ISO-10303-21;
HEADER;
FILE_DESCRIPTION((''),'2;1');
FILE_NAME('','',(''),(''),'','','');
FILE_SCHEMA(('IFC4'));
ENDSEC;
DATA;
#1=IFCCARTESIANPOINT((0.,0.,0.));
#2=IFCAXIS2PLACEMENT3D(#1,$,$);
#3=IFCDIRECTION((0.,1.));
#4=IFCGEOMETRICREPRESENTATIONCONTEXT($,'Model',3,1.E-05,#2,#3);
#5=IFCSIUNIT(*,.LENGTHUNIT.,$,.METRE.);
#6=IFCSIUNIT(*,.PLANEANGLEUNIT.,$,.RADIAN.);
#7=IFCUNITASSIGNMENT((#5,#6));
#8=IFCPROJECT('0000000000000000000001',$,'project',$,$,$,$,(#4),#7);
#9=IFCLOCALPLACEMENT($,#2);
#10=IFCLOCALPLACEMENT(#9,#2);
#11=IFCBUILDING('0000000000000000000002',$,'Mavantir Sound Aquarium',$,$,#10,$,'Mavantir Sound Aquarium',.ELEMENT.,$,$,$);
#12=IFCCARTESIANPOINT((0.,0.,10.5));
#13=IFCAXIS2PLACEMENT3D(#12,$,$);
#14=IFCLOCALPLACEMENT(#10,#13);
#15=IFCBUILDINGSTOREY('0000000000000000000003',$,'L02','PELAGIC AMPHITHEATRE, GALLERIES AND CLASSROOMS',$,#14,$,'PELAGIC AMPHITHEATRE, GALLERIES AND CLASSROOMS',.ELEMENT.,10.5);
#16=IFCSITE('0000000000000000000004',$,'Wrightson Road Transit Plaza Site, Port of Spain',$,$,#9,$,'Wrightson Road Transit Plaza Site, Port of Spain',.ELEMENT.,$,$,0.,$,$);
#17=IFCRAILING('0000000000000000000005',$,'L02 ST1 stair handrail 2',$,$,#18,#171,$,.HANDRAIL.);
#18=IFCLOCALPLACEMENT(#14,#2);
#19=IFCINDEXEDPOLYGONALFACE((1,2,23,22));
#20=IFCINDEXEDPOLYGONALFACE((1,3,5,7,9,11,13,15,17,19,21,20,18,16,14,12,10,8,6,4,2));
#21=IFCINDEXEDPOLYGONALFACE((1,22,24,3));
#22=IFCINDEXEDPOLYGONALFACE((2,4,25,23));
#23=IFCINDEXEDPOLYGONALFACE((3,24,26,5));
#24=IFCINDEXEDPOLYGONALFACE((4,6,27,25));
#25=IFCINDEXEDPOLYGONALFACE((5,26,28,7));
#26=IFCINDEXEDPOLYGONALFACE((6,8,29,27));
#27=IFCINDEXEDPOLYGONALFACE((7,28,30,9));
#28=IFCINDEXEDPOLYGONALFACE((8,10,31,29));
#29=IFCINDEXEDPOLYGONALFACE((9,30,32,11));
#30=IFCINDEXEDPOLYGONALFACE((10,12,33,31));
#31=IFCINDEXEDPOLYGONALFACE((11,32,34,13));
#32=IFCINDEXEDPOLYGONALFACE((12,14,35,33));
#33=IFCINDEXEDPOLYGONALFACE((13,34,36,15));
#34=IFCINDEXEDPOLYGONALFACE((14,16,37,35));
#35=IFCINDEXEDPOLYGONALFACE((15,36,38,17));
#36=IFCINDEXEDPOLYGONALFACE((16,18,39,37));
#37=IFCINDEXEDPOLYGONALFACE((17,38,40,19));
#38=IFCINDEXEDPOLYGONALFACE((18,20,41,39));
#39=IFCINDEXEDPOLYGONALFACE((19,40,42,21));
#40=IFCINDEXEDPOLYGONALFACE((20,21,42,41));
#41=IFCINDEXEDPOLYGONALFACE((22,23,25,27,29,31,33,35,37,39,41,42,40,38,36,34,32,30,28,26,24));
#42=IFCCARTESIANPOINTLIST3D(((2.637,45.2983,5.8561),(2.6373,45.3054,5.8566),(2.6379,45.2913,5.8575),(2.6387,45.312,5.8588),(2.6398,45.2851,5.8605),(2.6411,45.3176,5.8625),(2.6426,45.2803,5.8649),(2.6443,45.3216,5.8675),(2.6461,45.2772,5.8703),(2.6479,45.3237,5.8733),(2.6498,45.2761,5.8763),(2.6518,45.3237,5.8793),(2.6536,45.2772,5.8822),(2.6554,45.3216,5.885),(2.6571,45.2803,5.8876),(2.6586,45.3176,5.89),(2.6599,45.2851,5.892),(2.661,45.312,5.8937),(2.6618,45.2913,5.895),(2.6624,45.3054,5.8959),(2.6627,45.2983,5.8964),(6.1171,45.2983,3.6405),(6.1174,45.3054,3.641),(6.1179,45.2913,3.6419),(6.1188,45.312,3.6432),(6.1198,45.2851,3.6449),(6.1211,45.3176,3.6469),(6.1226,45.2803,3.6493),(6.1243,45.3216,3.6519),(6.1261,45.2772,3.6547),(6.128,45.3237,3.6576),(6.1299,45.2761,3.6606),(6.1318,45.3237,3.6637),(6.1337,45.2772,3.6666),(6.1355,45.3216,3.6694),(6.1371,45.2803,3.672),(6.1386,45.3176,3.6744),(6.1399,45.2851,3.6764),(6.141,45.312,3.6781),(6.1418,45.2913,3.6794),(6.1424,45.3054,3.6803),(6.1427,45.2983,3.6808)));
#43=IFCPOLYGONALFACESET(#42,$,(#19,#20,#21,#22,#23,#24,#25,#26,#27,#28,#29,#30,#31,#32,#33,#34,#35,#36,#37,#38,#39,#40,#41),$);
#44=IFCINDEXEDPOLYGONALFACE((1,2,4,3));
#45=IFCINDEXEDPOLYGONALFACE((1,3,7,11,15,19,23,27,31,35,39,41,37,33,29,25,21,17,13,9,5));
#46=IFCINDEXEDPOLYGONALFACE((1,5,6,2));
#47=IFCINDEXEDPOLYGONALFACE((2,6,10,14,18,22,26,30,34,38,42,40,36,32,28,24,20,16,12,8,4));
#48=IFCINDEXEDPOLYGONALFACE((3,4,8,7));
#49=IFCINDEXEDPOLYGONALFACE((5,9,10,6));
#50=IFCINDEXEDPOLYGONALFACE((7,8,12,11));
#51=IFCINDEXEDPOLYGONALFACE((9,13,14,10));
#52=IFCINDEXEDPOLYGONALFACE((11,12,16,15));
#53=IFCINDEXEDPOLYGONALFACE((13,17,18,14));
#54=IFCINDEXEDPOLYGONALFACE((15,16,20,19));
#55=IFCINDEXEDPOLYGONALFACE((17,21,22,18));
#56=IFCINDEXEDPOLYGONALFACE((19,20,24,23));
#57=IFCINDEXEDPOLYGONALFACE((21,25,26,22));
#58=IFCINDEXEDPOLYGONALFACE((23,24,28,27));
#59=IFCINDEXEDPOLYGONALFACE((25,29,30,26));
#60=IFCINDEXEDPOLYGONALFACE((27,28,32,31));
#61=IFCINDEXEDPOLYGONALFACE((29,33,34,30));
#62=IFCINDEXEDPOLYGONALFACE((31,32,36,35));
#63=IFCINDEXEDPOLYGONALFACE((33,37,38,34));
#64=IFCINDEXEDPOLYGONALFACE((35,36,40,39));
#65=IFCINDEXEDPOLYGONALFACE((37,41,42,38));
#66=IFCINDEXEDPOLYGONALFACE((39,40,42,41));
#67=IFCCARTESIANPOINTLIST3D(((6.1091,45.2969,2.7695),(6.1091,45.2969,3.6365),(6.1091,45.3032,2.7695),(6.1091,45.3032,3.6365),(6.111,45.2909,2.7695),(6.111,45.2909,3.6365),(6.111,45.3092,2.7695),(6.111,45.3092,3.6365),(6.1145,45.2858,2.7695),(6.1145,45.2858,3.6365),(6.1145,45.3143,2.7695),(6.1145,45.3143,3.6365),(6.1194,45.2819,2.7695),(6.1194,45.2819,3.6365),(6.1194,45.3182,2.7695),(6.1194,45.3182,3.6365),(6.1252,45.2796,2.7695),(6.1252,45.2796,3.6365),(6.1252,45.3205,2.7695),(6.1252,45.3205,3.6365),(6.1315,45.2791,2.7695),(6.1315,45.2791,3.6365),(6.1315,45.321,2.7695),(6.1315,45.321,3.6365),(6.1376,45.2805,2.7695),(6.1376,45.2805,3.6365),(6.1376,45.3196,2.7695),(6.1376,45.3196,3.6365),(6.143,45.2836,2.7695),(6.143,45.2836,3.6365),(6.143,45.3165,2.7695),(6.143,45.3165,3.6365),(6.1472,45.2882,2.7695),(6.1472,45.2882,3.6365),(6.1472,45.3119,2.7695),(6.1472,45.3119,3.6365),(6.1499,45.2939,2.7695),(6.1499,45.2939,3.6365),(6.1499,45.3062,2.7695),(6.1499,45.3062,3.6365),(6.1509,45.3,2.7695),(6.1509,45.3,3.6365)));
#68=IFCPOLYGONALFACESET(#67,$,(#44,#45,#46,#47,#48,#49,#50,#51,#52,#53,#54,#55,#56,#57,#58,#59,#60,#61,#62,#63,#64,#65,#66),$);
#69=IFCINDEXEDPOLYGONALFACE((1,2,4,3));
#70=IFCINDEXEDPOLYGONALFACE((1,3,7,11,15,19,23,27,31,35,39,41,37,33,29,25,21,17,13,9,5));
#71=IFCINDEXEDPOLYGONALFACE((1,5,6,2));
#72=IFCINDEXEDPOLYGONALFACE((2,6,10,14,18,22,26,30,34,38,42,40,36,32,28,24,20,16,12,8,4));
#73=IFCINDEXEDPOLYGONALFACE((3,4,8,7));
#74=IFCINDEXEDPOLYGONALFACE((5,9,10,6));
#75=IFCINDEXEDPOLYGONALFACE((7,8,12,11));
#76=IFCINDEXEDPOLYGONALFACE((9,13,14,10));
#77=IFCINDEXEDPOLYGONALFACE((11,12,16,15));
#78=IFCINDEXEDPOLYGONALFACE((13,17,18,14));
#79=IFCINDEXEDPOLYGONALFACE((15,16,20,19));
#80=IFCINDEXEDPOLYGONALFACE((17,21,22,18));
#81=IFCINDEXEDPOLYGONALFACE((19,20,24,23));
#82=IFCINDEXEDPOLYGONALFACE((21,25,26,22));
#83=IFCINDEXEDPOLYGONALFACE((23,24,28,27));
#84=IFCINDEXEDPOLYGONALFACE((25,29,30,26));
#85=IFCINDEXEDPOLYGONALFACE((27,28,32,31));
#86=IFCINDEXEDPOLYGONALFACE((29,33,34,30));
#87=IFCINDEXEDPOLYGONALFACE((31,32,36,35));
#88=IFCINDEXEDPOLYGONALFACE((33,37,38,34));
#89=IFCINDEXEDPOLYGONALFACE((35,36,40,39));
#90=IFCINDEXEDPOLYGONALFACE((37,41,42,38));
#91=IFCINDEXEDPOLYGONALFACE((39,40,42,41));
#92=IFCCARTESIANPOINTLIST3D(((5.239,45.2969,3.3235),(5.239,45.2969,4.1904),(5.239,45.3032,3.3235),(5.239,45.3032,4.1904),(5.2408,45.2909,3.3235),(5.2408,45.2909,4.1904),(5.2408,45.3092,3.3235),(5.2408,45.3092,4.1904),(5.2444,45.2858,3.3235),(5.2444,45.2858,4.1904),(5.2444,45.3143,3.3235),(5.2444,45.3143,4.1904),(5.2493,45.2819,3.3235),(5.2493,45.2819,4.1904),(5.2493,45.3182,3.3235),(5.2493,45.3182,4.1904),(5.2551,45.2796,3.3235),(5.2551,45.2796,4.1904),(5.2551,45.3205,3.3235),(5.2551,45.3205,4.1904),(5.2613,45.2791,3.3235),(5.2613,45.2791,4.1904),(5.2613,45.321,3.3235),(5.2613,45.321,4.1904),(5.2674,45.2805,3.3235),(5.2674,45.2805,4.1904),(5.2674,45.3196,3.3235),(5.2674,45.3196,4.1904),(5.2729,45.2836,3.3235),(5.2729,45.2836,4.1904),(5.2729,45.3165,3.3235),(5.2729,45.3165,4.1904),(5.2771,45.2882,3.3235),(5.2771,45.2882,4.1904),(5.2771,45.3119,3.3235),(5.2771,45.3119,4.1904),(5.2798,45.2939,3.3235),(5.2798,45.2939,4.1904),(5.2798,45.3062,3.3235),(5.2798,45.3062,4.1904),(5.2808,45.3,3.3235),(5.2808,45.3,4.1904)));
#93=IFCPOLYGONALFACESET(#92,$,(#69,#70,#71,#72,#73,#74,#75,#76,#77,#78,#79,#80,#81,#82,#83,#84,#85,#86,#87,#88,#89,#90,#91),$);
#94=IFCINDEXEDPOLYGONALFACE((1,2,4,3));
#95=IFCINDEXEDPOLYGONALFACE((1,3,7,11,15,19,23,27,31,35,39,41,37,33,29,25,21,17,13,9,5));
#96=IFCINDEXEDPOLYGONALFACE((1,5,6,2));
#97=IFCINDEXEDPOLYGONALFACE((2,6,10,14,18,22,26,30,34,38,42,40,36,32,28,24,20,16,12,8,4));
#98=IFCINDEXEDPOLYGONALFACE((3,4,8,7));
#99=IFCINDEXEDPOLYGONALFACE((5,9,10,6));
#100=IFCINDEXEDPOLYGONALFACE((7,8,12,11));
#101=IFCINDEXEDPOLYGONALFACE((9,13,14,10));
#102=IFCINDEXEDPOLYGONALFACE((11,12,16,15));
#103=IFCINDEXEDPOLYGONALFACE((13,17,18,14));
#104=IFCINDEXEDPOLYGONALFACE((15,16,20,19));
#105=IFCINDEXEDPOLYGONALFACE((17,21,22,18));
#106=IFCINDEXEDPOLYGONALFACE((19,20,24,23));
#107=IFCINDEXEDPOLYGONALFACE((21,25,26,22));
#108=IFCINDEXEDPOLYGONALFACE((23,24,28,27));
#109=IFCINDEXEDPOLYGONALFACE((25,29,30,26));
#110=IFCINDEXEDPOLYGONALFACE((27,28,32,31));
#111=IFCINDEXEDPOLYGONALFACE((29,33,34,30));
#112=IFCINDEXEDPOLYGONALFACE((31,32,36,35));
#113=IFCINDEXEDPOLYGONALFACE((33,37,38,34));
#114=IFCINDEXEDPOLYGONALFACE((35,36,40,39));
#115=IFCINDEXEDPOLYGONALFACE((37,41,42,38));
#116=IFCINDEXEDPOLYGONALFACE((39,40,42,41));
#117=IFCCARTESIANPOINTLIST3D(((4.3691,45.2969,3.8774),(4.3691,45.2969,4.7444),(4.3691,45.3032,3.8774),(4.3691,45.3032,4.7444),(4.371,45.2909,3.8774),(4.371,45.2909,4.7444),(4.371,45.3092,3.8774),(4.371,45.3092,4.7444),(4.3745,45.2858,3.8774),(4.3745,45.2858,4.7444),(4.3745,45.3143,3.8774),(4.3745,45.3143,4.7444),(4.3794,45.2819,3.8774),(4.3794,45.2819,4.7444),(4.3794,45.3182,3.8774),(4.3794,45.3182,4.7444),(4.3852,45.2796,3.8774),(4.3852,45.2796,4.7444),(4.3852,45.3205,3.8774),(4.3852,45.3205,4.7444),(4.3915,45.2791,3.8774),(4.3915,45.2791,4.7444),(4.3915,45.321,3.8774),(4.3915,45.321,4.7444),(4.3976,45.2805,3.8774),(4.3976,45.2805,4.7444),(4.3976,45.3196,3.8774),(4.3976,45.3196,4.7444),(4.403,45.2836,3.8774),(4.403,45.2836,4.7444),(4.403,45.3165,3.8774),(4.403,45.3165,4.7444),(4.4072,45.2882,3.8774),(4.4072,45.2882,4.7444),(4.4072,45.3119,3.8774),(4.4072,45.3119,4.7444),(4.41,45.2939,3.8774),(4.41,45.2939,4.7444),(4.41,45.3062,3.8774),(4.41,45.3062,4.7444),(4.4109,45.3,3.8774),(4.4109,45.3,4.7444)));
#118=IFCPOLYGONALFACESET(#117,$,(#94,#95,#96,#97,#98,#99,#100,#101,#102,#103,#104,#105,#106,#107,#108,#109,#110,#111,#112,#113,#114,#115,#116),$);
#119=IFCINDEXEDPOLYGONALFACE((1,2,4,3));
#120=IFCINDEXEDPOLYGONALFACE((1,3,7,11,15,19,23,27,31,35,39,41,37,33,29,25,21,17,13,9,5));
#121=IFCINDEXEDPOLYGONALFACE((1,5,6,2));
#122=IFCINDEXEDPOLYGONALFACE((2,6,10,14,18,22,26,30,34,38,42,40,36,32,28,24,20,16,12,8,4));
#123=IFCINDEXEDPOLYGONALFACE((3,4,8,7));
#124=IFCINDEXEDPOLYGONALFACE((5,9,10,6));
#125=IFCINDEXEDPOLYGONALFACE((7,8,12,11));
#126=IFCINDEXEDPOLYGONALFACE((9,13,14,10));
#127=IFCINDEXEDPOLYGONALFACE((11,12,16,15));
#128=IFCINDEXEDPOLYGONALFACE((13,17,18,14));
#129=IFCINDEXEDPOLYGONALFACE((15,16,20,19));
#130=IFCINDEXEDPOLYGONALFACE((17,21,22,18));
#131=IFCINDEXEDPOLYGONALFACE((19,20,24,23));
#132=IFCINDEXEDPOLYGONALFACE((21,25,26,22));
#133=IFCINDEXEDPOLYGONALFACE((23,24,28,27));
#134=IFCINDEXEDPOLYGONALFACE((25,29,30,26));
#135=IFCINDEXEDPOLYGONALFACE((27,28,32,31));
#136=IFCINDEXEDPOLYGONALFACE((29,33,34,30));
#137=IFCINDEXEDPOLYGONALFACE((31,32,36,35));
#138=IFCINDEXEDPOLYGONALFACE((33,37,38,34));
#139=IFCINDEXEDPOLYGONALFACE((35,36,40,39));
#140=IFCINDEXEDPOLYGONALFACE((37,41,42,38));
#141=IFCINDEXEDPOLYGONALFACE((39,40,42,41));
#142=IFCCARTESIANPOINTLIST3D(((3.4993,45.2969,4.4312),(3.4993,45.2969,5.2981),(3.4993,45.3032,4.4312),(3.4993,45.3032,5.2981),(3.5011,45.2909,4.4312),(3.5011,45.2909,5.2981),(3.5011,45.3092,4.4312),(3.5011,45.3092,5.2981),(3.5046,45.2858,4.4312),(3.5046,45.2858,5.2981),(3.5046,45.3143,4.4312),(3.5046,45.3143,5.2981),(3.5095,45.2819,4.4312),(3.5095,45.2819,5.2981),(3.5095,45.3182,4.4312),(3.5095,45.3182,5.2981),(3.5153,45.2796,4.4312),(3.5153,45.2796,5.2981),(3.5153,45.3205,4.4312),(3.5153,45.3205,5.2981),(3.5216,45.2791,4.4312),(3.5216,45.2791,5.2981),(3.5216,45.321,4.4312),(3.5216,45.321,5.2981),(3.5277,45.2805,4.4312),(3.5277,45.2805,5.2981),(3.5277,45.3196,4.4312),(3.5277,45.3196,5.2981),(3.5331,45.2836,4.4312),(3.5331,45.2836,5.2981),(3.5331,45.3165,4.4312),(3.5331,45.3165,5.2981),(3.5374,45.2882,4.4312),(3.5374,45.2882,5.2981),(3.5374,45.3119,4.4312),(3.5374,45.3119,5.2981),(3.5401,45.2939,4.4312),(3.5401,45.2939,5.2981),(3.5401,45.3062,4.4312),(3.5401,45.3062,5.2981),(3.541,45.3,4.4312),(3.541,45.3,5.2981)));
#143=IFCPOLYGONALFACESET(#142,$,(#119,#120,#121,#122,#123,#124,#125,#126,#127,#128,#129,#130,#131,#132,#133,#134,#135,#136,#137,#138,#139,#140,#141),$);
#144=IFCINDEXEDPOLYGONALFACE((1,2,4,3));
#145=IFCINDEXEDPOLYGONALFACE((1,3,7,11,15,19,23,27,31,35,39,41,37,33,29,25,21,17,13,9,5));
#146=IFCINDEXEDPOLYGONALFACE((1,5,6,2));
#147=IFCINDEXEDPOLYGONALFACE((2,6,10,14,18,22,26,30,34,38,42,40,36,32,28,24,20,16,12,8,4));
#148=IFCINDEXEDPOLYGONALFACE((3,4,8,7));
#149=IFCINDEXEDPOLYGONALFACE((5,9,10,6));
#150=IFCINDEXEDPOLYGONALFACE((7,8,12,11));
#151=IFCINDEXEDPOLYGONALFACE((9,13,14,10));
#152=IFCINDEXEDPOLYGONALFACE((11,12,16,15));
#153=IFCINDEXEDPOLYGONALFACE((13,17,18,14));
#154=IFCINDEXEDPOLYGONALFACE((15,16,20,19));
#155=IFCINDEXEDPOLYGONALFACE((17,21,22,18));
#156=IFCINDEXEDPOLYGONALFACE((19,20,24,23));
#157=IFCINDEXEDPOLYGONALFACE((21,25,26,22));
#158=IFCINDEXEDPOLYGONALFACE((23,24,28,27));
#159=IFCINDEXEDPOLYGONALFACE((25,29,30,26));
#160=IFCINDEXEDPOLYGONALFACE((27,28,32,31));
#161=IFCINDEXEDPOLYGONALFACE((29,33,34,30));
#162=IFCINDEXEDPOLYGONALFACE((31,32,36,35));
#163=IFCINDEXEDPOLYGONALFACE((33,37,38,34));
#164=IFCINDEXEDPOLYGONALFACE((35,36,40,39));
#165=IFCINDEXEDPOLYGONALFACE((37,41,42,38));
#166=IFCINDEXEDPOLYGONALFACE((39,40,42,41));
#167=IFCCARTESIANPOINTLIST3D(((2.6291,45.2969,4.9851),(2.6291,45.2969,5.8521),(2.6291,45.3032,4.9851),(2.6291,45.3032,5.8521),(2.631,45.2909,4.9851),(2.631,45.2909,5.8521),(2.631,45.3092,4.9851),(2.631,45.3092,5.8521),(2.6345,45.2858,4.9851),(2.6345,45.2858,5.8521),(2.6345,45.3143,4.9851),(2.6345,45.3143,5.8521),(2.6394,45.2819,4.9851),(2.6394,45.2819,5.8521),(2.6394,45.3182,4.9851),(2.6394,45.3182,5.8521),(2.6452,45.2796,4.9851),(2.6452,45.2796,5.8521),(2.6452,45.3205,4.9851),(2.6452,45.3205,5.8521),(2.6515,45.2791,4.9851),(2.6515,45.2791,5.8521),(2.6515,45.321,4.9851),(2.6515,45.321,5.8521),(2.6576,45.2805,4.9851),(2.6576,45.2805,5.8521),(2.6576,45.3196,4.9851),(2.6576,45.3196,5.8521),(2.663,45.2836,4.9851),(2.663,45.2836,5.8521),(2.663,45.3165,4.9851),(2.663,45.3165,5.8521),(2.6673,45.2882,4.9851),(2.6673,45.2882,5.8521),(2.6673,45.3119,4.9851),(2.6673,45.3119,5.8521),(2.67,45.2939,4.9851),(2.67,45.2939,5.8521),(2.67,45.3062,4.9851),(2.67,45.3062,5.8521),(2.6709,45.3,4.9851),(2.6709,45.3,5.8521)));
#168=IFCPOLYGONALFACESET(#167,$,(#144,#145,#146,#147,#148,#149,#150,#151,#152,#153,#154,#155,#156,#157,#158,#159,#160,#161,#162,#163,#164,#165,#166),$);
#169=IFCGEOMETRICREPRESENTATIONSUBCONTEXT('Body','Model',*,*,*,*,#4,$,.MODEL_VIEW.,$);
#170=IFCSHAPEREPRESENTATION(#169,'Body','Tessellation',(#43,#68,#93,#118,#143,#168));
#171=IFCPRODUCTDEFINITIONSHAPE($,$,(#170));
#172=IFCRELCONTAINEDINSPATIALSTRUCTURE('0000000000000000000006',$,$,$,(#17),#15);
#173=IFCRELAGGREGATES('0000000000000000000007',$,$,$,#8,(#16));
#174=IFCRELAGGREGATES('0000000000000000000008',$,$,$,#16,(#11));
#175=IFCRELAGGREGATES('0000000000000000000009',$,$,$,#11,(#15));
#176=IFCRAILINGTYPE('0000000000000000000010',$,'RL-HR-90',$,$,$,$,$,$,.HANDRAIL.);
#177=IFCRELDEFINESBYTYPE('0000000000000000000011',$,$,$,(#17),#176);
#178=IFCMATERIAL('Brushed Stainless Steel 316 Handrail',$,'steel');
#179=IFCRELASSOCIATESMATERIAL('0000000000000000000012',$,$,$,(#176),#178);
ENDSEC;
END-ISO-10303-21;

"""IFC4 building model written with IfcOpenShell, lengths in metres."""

from ifc_helpers import new_model, si_unit, direction, frame, origin, origin_2d, place, context, subcontext, project, spatial, circle, extrude, material, type_object, element, save


model = new_model("IFC4")

# Units and contexts
model_context = context("Model", 3, precision=1e-05, world=origin(), true_north=direction((0.0, 1.0)))
body_context = subcontext(model_context, "Body", "Model", "MODEL_VIEW")
ifc_project = project(units=[si_unit("LENGTHUNIT", "METRE"), si_unit("PLANEANGLEUNIT", "RADIAN")], contexts=[model_context])

# Site, building, storey
site_placement = place(None, origin())
site = spatial("IfcSite", under=ifc_project, at=site_placement, Name="Wrightson Road Transit Plaza Site, Port of Spain", LongName="Wrightson Road Transit Plaza Site, Port of Spain", CompositionType="ELEMENT", RefElevation=0.0)
building_placement = place(site_placement, origin())
building = spatial("IfcBuilding", under=site, at=building_placement, Name="Mavantir Sound Aquarium", LongName="Mavantir Sound Aquarium", CompositionType="ELEMENT")
storey_placement = place(building_placement, frame((0.0, 0.0, 10.5)))
storey = spatial("IfcBuildingStorey", under=building, at=storey_placement, Name="L02", Description="PELAGIC AMPHITHEATRE, GALLERIES AND CLASSROOMS", LongName="PELAGIC AMPHITHEATRE, GALLERIES AND CLASSROOMS", CompositionType="ELEMENT", Elevation=10.5)

# Railing
ifc_material_1 = material(Name="Brushed Stainless Steel 316 Handrail", Category="steel")
railing_type_1 = type_object("IfcRailingType", Name="RL-HR-90", PredefinedType="HANDRAIL", material=ifc_material_1)
railing_1_placement = place(storey_placement, frame((6.1299, 45.3, 2.7695)))
element("IfcRailing", 1, at=railing_1_placement, inside=storey, type_object=railing_type_1, Name="L02 ST1 stair handrail 2", PredefinedType="HANDRAIL", context=body_context, shape_type="SweptSolid", body=[
    extrude(circle(Radius=0.0239, at=origin_2d()), frame((0.0, 0.0, 0.8911), z_axis=(-0.843547, 0.0, 0.537055), x_axis=(0.0, -1.0, 0.0)), (0.0, 0.0, 1.0), 4.1255),
    extrude(circle(Radius=0.021, at=origin_2d()), origin(), (0.0, 0.0, 1.0), 0.8669),
    extrude(circle(Radius=0.021, at=origin_2d()), frame((-0.8701, 0.0, 0.554)), (0.0, 0.0, 1.0), 0.8669),
    extrude(circle(Radius=0.021, at=origin_2d()), frame((-1.74, 0.0, 1.1079)), (0.0, 0.0, 1.0), 0.8669),
    extrude(circle(Radius=0.021, at=origin_2d()), frame((-2.6099, 0.0, 1.6616)), (0.0, 0.0, 1.0), 0.8669),
    extrude(circle(Radius=0.021, at=origin_2d()), frame((-3.48, 0.0, 2.2156)), (0.0, 0.0, 1.0), 0.8669),
])

save(model, "model.ifc")
